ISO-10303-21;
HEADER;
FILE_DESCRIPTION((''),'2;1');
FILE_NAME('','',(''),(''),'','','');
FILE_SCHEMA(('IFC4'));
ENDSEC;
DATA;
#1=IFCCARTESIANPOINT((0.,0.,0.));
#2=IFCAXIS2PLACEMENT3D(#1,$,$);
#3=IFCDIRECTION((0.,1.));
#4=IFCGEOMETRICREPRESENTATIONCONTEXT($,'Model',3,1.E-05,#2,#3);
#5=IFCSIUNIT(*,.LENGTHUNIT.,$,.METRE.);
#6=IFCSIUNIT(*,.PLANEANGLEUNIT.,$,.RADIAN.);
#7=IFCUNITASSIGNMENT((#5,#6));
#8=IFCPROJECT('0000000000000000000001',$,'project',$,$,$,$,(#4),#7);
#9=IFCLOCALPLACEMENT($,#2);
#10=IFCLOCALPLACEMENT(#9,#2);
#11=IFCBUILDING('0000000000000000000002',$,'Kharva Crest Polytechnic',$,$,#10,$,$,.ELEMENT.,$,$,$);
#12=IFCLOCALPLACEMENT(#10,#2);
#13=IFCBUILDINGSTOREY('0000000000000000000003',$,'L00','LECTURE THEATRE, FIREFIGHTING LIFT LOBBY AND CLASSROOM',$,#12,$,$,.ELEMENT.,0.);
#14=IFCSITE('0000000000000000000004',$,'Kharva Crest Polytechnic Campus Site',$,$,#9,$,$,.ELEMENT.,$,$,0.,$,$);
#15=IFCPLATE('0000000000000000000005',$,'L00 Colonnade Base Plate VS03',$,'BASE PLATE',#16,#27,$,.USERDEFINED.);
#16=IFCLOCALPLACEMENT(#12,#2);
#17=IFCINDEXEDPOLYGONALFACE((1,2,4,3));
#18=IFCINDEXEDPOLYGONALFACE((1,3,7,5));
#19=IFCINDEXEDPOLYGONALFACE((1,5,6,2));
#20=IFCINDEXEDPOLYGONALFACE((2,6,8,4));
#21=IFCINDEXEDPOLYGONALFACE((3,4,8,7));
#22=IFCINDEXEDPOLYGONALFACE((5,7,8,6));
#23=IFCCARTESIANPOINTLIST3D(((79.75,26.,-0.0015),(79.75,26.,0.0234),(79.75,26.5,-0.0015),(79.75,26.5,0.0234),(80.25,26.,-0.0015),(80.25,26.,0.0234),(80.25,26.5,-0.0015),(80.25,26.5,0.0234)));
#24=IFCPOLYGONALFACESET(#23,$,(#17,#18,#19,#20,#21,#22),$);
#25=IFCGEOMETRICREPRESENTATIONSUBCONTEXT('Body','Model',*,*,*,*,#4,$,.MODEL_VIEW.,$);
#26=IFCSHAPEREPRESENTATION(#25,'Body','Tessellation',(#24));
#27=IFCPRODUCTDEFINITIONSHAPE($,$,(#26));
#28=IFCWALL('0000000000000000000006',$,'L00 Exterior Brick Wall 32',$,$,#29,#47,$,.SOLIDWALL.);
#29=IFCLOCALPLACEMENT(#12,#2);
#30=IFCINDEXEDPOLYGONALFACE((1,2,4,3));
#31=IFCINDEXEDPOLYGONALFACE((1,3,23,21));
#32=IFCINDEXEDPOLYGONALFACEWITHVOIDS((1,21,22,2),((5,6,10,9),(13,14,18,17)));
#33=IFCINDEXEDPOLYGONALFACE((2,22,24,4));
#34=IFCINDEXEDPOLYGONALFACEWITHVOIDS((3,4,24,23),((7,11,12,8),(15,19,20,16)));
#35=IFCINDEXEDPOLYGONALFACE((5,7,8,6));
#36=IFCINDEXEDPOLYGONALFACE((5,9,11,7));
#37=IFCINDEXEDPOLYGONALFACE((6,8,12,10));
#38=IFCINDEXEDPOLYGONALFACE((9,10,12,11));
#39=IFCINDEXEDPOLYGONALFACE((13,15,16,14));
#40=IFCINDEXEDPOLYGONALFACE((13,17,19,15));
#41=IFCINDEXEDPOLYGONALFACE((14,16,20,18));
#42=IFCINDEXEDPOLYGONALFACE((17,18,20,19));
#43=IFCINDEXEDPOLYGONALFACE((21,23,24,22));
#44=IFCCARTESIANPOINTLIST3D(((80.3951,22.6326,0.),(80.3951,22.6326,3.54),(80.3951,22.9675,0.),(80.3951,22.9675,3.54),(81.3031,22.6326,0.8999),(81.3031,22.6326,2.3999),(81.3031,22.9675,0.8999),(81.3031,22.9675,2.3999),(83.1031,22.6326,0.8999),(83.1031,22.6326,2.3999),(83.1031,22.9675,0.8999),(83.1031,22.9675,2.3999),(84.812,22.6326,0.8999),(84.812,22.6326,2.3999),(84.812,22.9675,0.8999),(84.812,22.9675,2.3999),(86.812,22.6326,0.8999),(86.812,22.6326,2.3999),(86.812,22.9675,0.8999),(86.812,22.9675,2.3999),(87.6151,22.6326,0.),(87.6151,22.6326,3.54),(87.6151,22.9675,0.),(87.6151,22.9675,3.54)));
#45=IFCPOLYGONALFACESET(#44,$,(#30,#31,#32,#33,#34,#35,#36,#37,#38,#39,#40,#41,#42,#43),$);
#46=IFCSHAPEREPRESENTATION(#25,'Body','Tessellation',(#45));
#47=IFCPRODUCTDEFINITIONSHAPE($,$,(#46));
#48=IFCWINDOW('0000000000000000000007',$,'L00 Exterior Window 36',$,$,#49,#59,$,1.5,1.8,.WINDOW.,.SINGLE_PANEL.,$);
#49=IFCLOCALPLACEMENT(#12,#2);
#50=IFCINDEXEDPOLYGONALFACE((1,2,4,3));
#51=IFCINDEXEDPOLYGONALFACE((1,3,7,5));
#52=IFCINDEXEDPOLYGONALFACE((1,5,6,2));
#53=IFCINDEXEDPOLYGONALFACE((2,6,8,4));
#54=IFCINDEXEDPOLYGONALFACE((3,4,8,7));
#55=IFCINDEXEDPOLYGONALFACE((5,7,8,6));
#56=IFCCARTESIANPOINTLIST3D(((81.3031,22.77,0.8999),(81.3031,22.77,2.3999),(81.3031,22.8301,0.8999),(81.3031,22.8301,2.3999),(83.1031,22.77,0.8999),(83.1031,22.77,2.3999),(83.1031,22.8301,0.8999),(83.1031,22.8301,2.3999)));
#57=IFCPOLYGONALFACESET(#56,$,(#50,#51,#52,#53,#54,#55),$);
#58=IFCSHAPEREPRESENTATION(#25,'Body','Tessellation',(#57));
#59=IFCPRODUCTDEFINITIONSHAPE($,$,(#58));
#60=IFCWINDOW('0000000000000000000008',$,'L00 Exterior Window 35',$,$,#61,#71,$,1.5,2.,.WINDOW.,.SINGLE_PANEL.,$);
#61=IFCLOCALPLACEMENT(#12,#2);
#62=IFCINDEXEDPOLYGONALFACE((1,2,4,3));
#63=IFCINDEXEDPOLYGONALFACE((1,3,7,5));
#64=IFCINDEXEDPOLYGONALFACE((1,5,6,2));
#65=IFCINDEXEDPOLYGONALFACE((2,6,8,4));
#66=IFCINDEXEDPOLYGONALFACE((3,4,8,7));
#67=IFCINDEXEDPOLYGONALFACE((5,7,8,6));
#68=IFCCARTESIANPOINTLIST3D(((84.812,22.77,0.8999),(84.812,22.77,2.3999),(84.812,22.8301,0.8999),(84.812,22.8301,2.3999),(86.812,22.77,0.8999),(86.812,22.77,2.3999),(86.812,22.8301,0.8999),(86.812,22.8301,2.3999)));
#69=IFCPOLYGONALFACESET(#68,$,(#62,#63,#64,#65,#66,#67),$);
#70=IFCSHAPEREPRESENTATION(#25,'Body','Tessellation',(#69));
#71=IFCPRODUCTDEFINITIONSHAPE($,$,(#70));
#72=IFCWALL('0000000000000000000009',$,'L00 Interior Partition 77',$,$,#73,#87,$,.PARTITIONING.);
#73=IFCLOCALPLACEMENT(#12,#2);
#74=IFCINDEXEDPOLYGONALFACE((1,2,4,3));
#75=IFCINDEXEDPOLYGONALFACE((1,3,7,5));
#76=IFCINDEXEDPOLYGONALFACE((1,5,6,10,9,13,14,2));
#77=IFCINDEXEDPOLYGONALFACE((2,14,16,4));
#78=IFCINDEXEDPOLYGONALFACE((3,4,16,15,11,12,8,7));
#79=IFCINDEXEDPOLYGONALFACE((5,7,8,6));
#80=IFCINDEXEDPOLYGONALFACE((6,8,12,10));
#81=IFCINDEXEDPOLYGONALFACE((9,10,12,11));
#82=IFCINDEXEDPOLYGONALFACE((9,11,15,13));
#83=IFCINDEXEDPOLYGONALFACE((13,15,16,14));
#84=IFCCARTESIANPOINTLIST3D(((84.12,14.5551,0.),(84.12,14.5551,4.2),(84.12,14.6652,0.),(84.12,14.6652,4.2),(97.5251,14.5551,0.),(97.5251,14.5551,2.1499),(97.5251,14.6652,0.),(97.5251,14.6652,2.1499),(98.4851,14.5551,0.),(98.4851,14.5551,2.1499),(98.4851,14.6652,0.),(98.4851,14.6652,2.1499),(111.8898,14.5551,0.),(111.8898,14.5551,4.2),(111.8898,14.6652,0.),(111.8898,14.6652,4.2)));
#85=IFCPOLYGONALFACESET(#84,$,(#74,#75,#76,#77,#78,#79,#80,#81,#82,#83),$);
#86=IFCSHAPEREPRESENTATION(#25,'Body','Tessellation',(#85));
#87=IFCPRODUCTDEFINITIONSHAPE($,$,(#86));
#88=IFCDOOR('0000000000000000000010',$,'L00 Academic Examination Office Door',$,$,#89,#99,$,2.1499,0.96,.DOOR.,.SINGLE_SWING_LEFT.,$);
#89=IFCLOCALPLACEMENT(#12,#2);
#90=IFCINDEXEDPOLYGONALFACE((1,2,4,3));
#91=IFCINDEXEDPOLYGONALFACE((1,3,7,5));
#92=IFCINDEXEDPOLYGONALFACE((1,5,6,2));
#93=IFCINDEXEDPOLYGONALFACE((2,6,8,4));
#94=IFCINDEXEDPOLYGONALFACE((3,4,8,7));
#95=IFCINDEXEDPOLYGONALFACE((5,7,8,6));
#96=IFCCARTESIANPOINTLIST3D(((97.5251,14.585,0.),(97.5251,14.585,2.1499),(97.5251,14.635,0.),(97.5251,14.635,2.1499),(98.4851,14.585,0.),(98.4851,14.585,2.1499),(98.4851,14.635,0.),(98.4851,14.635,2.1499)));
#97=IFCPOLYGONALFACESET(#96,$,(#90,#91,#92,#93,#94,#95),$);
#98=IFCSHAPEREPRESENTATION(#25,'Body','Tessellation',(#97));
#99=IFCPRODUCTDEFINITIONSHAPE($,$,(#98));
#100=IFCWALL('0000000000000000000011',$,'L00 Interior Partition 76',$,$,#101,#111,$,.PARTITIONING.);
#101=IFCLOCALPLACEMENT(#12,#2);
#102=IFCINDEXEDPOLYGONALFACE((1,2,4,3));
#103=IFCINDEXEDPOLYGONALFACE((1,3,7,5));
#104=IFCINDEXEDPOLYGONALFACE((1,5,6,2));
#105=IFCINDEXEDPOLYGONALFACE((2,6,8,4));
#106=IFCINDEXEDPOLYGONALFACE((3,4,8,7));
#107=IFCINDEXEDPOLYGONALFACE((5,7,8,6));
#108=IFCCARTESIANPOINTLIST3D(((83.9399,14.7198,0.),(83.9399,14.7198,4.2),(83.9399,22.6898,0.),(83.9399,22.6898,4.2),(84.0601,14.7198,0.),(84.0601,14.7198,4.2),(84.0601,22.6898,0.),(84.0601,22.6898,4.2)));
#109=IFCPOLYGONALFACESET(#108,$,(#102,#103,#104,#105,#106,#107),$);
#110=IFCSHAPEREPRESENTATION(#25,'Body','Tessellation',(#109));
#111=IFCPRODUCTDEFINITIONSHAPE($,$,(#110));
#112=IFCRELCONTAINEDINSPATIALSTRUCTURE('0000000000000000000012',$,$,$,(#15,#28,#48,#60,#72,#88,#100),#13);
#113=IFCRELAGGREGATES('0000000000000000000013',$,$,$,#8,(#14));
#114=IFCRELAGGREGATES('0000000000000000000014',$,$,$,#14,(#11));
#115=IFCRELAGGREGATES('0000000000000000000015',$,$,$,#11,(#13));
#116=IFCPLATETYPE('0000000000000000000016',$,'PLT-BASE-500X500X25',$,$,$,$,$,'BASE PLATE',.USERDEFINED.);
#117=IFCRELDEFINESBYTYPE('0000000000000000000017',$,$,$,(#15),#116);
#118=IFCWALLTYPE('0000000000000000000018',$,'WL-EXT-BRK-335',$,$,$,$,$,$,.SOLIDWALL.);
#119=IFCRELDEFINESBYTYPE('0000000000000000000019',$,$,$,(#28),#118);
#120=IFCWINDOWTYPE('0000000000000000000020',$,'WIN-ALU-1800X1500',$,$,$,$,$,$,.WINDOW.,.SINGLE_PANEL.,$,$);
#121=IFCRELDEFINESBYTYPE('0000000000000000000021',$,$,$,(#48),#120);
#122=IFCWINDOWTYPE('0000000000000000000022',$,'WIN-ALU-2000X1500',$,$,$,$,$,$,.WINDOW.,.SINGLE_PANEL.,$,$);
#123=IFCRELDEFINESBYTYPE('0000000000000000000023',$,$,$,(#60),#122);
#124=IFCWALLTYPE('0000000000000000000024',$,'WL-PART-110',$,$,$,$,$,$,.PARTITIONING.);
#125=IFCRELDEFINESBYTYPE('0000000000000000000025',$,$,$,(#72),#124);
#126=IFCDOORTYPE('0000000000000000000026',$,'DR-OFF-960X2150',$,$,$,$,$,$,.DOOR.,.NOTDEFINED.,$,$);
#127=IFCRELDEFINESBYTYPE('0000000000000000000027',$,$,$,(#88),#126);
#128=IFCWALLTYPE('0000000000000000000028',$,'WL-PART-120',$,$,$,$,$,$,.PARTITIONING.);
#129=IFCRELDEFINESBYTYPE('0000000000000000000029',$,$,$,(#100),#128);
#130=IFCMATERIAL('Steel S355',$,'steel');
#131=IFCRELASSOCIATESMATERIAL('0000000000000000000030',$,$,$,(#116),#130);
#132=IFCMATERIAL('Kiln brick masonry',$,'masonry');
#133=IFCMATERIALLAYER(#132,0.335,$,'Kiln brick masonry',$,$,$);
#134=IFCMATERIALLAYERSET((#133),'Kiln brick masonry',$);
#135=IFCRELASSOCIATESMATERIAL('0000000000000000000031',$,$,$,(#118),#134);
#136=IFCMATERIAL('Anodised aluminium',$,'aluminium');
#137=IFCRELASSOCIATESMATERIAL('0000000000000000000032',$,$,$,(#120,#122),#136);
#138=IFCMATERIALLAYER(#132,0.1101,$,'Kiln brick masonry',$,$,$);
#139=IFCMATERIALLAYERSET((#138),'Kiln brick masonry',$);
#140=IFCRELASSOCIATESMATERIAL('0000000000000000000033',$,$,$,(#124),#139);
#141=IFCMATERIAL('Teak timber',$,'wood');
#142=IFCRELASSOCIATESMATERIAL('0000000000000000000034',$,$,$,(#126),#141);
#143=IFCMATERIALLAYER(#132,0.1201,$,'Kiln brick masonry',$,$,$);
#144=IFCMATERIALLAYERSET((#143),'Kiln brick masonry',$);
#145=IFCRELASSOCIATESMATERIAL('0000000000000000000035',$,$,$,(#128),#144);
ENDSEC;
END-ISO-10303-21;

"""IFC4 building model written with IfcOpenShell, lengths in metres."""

from ifc_helpers import new_model, si_unit, direction, frame, frame_2d, origin, origin_2d, place, context, subcontext, project, spatial, rectangle, extrude, material, layer, layer_set, type_object, element, fill, save


model = new_model("IFC4")

# Units and contexts
model_context = context("Model", 3, precision=1e-05, world=origin(), true_north=direction((0.0, 1.0)))
body_context = subcontext(model_context, "Body", "Model", "MODEL_VIEW")
ifc_project = project(units=[si_unit("LENGTHUNIT", "METRE"), si_unit("PLANEANGLEUNIT", "RADIAN")], contexts=[model_context])

# Site, building, storey
site_placement = place(None, origin())
site = spatial("IfcSite", under=ifc_project, at=site_placement, Name="Kharva Crest Polytechnic Campus Site", CompositionType="ELEMENT", RefElevation=0.0)
building_placement = place(site_placement, origin())
building = spatial("IfcBuilding", under=site, at=building_placement, Name="Kharva Crest Polytechnic", CompositionType="ELEMENT")
storey_placement = place(building_placement, origin())
storey = spatial("IfcBuildingStorey", under=building, at=storey_placement, Name="L00", Description="LECTURE THEATRE, FIREFIGHTING LIFT LOBBY AND CLASSROOM", CompositionType="ELEMENT", Elevation=0.0)

# Shared definitions
ifc_material_1 = material(Name="Steel S355", Category="steel")

# Plate
plate_type_1 = type_object("IfcPlateType", Name="PLT-BASE-500X500X25", ElementType="BASE PLATE", PredefinedType="USERDEFINED", material=ifc_material_1)
plate_1_placement = place(storey_placement, frame((80.0, 26.25, -0.0015), z_axis=(0.0, 0.0, 1.0), x_axis=(1.0, 0.0, 0.0)))
element("IfcPlate", 1, at=plate_1_placement, inside=storey, type_object=plate_type_1, Name="L00 Colonnade Base Plate VS03", ObjectType="BASE PLATE", PredefinedType="USERDEFINED", context=body_context, shape_type="SweptSolid", body=[
    extrude(rectangle(XDim=0.5, YDim=0.5, at=origin_2d()), origin(), (0.0, 0.0, 1.0), 0.0249),
])

# Wall, openings, windows
ifc_material_2 = material(Name="Kiln brick masonry", Category="masonry")
ifc_layer_1 = layer(ifc_material_2, 0.335, Name="Kiln brick masonry")
ifc_layer_set_1 = layer_set([ifc_layer_1], Name="Kiln brick masonry")
wall_type_1 = type_object("IfcWallType", Name="WL-EXT-BRK-335", PredefinedType="SOLIDWALL", material=ifc_layer_set_1)
wall_1_placement = place(storey_placement, frame((87.615, 22.8, 0.0), z_axis=(0.0, 0.0, 1.0), x_axis=(-1.0, 0.0, 0.0)))
wall_1 = element("IfcWall", 2, at=wall_1_placement, inside=storey, type_object=wall_type_1, Name="L00 Exterior Brick Wall 32", PredefinedType="SOLIDWALL", context=body_context, shape_type="SweptSolid", body=[
    extrude(rectangle(XDim=7.22, YDim=0.335, at=frame_2d((3.6099, 0.0))), origin(), (0.0, 0.0, 1.0), 3.54),
])
opening_1_placement = place(wall_1_placement, frame((0.803, 0.0, 0.8999)))
opening_1 = element("IfcOpeningElement", 3, at=opening_1_placement, cuts=wall_1, PredefinedType="OPENING", context=body_context, shape_type="SweptSolid", body=[
    extrude(rectangle(XDim=2.0, YDim=1.5, at=frame_2d((1.0, 0.75))), frame((0.0, 0.1775, 0.0), z_axis=(0.0, -1.0, 0.0), x_axis=(1.0, 0.0, 0.0)), (0.0, 0.0, 1.0), 0.355),
])
opening_2_placement = place(wall_1_placement, frame((4.512, 0.0, 0.8999)))
opening_2 = element("IfcOpeningElement", 4, at=opening_2_placement, cuts=wall_1, PredefinedType="OPENING", context=body_context, shape_type="SweptSolid", body=[
    extrude(rectangle(XDim=1.8, YDim=1.5, at=frame_2d((0.8999, 0.75))), frame((0.0, 0.1775, 0.0), z_axis=(0.0, -1.0, 0.0), x_axis=(1.0, 0.0, 0.0)), (0.0, 0.0, 1.0), 0.355),
])
ifc_material_3 = material(Name="Anodised aluminium", Category="aluminium")
window_type_1 = type_object("IfcWindowType", Name="WIN-ALU-1800X1500", PartitioningType="SINGLE_PANEL", PredefinedType="WINDOW", material=ifc_material_3)
window_1_placement = place(opening_2_placement, origin())
window_1 = element("IfcWindow", 5, at=window_1_placement, inside=storey, type_object=window_type_1, Name="L00 Exterior Window 36", OverallHeight=1.5, OverallWidth=1.8, PartitioningType="SINGLE_PANEL", PredefinedType="WINDOW", context=body_context, shape_type="SweptSolid", body=[
    extrude(rectangle(XDim=1.8, YDim=1.5, at=frame_2d((0.8999, 0.75))), frame((0.0, 0.03, 0.0), z_axis=(0.0, -1.0, 0.0), x_axis=(1.0, 0.0, 0.0)), (0.0, 0.0, 1.0), 0.0601),
])
fill(opening_2, window_1)
window_type_2 = type_object("IfcWindowType", Name="WIN-ALU-2000X1500", PartitioningType="SINGLE_PANEL", PredefinedType="WINDOW", material=ifc_material_3)
window_2_placement = place(opening_1_placement, origin())
window_2 = element("IfcWindow", 6, at=window_2_placement, inside=storey, type_object=window_type_2, Name="L00 Exterior Window 35", OverallHeight=1.5, OverallWidth=2.0, PartitioningType="SINGLE_PANEL", PredefinedType="WINDOW", context=body_context, shape_type="SweptSolid", body=[
    extrude(rectangle(XDim=2.0, YDim=1.5, at=frame_2d((1.0, 0.75))), frame((0.0, 0.03, 0.0), z_axis=(0.0, -1.0, 0.0), x_axis=(1.0, 0.0, 0.0)), (0.0, 0.0, 1.0), 0.0601),
])
fill(opening_1, window_2)

# Wall, opening, door
ifc_layer_2 = layer(ifc_material_2, 0.1101, Name="Kiln brick masonry")
ifc_layer_set_2 = layer_set([ifc_layer_2], Name="Kiln brick masonry")
wall_type_2 = type_object("IfcWallType", Name="WL-PART-110", PredefinedType="PARTITIONING", material=ifc_layer_set_2)
wall_2_placement = place(storey_placement, frame((84.1201, 14.6101, 0.0), z_axis=(0.0, 0.0, 1.0), x_axis=(1.0, 0.0, 0.0)))
wall_2 = element("IfcWall", 7, at=wall_2_placement, inside=storey, type_object=wall_type_2, Name="L00 Interior Partition 77", PredefinedType="PARTITIONING", context=body_context, shape_type="SweptSolid", body=[
    extrude(rectangle(XDim=27.7698, YDim=0.1101, at=frame_2d((13.8848, 0.0))), origin(), (0.0, 0.0, 1.0), 4.2),
])
opening_3_placement = place(wall_2_placement, frame((13.405, 0.0, 0.0)))
opening_3 = element("IfcOpeningElement", 8, at=opening_3_placement, cuts=wall_2, PredefinedType="OPENING", context=body_context, shape_type="SweptSolid", body=[
    extrude(rectangle(XDim=0.96, YDim=2.1499, at=frame_2d((0.48, 1.075))), frame((0.0, 0.0649, 0.0), z_axis=(0.0, -1.0, 0.0), x_axis=(1.0, 0.0, 0.0)), (0.0, 0.0, 1.0), 0.1301),
])
ifc_material_4 = material(Name="Teak timber", Category="wood")
door_type = type_object("IfcDoorType", Name="DR-OFF-960X2150", OperationType="NOTDEFINED", PredefinedType="DOOR", material=ifc_material_4)
door_placement = place(opening_3_placement, origin())
door = element("IfcDoor", 9, at=door_placement, inside=storey, type_object=door_type, Name="L00 Academic Examination Office Door", OperationType="SINGLE_SWING_LEFT", OverallHeight=2.1499, OverallWidth=0.96, PredefinedType="DOOR", context=body_context, shape_type="SweptSolid", body=[
    extrude(rectangle(XDim=0.96, YDim=2.1499, at=frame_2d((0.48, 1.075))), frame((0.0, 0.0249, 0.0), z_axis=(0.0, -1.0, 0.0), x_axis=(1.0, 0.0, 0.0)), (0.0, 0.0, 1.0), 0.05),
])
fill(opening_3, door)

# Wall
ifc_layer_3 = layer(ifc_material_2, 0.1201, Name="Kiln brick masonry")
ifc_layer_set_3 = layer_set([ifc_layer_3], Name="Kiln brick masonry")
wall_type_3 = type_object("IfcWallType", Name="WL-PART-120", PredefinedType="PARTITIONING", material=ifc_layer_set_3)
wall_3_placement = place(storey_placement, frame((84.0, 14.72, 0.0), z_axis=(0.0, 0.0, 1.0), x_axis=(0.0, 1.0, 0.0)))
element("IfcWall", 10, at=wall_3_placement, inside=storey, type_object=wall_type_3, Name="L00 Interior Partition 76", PredefinedType="PARTITIONING", context=body_context, shape_type="SweptSolid", body=[
    extrude(rectangle(XDim=7.97, YDim=0.1201, at=frame_2d((3.9849, 0.0))), origin(), (0.0, 0.0, 1.0), 4.2),
])

save(model, "model.ifc")
